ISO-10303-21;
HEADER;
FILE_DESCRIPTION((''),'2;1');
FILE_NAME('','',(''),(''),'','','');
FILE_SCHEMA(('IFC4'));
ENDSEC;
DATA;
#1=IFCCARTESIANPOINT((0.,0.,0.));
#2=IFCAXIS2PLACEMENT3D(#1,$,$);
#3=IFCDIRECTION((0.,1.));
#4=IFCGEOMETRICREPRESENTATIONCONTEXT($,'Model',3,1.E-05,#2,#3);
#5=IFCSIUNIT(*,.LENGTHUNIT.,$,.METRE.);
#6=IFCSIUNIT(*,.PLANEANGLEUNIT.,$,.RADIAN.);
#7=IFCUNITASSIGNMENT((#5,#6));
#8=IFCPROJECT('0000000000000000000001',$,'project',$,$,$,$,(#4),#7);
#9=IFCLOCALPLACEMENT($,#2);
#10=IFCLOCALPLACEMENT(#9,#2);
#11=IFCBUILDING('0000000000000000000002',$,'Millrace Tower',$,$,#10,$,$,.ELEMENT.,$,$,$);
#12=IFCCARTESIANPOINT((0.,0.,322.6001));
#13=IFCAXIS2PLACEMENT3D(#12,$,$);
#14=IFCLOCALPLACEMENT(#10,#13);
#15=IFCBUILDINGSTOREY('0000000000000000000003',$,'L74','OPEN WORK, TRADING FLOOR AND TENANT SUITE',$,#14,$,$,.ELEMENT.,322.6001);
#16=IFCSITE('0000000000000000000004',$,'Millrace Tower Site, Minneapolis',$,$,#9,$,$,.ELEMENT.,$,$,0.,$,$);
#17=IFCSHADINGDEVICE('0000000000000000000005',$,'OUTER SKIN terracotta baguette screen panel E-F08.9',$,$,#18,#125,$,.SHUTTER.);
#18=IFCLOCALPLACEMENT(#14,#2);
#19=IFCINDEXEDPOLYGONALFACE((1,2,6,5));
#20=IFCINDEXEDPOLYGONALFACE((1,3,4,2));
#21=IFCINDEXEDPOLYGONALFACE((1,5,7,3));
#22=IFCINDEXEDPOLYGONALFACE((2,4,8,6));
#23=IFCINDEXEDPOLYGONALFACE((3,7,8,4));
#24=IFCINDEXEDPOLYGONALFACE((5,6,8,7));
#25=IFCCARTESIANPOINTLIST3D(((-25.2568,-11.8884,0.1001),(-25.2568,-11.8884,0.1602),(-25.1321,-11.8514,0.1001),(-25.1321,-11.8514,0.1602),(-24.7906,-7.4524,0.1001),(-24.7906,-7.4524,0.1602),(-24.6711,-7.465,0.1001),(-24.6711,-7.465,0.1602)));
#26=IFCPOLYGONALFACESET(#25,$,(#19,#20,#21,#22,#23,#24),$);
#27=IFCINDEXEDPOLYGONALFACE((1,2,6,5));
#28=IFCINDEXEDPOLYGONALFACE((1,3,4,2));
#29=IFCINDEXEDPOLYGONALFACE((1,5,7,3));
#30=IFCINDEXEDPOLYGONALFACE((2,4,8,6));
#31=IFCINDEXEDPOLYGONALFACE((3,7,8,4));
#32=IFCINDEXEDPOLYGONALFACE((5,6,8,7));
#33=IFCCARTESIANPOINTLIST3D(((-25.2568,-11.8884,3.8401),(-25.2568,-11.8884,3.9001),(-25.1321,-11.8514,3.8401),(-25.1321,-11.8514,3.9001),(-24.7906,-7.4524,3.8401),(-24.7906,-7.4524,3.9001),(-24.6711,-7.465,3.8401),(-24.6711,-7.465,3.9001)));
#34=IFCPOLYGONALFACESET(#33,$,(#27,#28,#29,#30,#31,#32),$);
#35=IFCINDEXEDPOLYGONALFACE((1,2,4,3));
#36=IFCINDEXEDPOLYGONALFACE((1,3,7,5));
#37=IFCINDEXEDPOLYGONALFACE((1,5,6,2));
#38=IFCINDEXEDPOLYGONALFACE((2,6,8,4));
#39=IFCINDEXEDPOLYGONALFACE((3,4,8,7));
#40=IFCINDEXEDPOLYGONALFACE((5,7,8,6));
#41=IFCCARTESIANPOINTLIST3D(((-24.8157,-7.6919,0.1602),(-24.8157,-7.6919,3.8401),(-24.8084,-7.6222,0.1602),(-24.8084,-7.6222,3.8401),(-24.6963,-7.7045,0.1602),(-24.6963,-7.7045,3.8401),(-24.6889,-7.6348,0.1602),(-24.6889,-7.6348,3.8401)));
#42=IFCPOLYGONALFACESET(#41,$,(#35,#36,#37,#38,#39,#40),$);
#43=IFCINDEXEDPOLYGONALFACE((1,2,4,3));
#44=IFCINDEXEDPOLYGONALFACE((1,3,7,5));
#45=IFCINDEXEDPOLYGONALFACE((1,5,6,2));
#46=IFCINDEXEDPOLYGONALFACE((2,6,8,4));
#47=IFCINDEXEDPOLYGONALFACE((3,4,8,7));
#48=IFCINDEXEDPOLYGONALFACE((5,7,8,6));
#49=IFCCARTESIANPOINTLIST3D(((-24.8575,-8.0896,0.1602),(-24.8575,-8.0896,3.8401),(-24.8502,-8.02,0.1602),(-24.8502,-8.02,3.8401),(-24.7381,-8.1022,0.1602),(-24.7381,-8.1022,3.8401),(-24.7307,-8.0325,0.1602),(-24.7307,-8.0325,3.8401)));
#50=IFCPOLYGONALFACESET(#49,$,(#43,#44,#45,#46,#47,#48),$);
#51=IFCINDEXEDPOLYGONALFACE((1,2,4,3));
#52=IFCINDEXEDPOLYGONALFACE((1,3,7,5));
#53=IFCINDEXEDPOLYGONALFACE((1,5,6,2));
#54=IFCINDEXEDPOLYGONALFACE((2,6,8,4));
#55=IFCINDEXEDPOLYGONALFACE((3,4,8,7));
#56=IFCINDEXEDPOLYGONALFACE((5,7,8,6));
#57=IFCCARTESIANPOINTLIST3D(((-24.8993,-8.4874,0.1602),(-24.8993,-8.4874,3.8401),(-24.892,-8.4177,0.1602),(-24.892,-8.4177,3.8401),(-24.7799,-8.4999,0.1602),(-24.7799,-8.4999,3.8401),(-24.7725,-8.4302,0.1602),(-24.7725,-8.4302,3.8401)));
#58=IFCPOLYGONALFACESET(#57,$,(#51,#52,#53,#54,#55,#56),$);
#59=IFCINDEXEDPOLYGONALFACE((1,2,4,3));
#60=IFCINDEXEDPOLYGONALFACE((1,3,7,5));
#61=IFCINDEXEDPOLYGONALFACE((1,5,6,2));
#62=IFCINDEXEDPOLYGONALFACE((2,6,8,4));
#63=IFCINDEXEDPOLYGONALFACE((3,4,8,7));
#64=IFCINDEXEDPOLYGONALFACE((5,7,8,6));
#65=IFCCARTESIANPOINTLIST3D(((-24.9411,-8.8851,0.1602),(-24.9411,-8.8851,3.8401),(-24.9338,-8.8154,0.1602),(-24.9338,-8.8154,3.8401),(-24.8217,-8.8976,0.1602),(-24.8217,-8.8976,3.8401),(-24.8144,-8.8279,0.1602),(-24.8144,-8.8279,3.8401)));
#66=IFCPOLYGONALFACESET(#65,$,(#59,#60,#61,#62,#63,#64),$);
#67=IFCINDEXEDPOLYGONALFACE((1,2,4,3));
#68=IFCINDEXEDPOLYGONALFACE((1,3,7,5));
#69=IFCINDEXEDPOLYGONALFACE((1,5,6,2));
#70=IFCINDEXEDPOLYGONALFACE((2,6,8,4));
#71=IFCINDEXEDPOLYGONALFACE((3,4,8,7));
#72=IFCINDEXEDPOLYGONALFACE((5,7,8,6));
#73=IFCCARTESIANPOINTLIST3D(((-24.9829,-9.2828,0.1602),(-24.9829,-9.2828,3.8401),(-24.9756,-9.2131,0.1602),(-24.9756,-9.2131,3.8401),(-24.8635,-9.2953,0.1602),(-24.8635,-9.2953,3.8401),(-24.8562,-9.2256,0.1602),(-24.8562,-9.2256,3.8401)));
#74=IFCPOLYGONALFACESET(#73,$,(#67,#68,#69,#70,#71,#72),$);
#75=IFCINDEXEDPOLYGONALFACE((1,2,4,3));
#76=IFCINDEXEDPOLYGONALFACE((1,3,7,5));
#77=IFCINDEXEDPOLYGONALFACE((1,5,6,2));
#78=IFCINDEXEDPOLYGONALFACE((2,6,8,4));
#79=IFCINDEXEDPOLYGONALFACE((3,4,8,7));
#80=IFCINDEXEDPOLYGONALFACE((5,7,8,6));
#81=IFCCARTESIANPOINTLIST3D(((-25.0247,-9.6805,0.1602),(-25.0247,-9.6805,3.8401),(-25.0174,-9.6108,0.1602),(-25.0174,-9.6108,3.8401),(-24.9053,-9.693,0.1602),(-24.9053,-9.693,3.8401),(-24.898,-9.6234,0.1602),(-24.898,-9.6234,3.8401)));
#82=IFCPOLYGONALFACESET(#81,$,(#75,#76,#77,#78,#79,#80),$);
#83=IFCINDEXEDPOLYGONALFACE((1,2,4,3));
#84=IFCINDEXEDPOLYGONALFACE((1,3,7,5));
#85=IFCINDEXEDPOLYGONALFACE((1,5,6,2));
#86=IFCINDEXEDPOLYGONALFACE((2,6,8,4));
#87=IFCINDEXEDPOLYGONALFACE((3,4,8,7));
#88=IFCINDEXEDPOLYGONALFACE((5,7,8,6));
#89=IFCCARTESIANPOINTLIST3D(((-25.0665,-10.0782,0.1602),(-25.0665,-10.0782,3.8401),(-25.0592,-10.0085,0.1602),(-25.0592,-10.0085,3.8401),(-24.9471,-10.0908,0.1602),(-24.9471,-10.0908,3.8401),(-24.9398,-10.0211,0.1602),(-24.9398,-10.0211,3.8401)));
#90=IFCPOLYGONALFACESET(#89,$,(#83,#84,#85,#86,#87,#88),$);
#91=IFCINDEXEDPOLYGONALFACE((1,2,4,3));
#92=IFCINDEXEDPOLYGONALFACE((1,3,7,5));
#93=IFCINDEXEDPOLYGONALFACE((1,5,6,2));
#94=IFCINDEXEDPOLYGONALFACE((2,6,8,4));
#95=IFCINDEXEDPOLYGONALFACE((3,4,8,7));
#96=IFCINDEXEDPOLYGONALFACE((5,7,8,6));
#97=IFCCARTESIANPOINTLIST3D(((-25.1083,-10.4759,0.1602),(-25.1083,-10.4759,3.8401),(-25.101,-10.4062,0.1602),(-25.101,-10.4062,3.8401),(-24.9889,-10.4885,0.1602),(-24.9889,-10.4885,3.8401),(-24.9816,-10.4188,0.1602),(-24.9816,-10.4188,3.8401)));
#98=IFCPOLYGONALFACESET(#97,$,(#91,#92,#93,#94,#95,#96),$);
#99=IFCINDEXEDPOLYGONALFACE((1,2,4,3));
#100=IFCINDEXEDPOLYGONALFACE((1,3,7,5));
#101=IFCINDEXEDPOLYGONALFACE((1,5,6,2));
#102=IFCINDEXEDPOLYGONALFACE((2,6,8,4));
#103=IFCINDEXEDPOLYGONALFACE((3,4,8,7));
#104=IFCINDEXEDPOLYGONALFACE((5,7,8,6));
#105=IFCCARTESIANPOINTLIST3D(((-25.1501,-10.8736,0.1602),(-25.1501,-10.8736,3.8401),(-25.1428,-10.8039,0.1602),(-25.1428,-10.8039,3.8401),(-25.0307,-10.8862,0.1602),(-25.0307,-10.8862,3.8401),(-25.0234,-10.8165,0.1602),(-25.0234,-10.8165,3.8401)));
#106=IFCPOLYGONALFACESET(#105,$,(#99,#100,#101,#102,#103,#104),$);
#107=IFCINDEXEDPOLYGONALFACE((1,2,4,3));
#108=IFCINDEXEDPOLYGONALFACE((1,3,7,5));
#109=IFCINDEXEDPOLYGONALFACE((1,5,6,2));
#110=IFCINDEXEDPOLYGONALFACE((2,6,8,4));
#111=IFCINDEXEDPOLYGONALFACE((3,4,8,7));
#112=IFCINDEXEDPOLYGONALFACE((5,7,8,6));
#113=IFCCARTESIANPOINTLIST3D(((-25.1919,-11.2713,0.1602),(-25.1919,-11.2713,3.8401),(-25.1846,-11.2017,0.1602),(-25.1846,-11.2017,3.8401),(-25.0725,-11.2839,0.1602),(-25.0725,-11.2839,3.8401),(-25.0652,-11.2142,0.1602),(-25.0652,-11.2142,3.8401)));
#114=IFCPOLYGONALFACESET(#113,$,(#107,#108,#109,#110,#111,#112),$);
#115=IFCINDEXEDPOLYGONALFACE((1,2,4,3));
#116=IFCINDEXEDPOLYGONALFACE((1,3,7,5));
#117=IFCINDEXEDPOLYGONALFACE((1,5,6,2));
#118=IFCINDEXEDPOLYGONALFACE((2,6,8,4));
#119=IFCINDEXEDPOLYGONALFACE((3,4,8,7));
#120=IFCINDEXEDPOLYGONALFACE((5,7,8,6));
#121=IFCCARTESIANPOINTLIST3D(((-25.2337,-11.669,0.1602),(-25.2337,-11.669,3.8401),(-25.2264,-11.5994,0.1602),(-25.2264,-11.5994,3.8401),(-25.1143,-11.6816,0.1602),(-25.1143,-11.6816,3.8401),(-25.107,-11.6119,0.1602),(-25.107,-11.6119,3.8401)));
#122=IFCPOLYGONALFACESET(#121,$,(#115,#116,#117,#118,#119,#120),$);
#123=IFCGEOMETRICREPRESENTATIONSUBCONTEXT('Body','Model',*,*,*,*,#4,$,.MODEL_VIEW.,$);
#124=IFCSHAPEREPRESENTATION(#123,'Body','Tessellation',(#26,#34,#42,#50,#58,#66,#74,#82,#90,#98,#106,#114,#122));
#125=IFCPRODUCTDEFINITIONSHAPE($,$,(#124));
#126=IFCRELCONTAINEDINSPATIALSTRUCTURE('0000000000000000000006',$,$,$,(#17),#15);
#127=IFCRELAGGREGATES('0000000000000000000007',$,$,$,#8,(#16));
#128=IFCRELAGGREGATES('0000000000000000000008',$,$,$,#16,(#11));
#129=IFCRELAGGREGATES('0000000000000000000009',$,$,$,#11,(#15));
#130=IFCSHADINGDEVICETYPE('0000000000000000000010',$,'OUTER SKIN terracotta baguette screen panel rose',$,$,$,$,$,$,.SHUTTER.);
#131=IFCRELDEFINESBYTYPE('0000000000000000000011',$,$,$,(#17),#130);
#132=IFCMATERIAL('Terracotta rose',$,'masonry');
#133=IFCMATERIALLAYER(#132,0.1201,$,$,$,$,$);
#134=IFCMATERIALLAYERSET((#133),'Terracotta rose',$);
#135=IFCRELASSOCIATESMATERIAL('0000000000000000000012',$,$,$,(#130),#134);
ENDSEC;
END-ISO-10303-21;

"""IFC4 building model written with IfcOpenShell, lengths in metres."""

from ifc_helpers import new_model, entity, si_unit, direction, frame, frame_2d, origin, place, context, subcontext, project, spatial, rectangle, extrude, source, transform, mapped, material, layer, layer_set, type_object, element, save


model = new_model("IFC4")

# Units and contexts
model_context = context("Model", 3, precision=1e-05, world=origin(), true_north=direction((0.0, 1.0)))
body_context = subcontext(model_context, "Body", "Model", "MODEL_VIEW")
ifc_project = project(units=[si_unit("LENGTHUNIT", "METRE"), si_unit("PLANEANGLEUNIT", "RADIAN")], contexts=[model_context])

# Site, building, storey
site_placement = place(None, origin())
site = spatial("IfcSite", under=ifc_project, at=site_placement, Name="Millrace Tower Site, Minneapolis", CompositionType="ELEMENT", RefElevation=0.0)
building_placement = place(site_placement, origin())
building = spatial("IfcBuilding", under=site, at=building_placement, Name="Millrace Tower", CompositionType="ELEMENT")
storey_placement = place(building_placement, frame((0.0, 0.0, 322.6001)))
storey = spatial("IfcBuildingStorey", under=building, at=storey_placement, Name="L74", Description="OPEN WORK, TRADING FLOOR AND TENANT SUITE", CompositionType="ELEMENT", Elevation=322.6001)

# Shading device
ifc_material_1 = material(Name="Terracotta rose", Category="masonry")
ifc_layer_1 = layer(ifc_material_1, 0.1201)
ifc_layer_set_1 = layer_set([ifc_layer_1], Name="Terracotta rose")
shading_device_type = type_object("IfcShadingDeviceType", Name="OUTER SKIN terracotta baguette screen panel rose", PredefinedType="SHUTTER", material=ifc_layer_set_1)
cartesian_point_1 = entity("IfcCartesianPoint", [-2.2178, 0.0601])
shared_polyline_1 = entity("IfcPolyline", [cartesian_point_1, entity("IfcCartesianPoint", [2.1929, 0.0601]), entity("IfcCartesianPoint", [2.2427, -0.0601]), entity("IfcCartesianPoint", [-2.2178, -0.0601]), cartesian_point_1])
shared_shape_1 = source(origin(), body_context, "Body", "SweptSolid", [
    entity("IfcExtrudedAreaSolid", entity("IfcArbitraryClosedProfileDef", "AREA", None, shared_polyline_1), entity("IfcAxis2Placement3D", entity("IfcCartesianPoint", [0.0, 0.0, 0.0])), entity("IfcDirection", [0.0, 0.0, 1.0]), 0.0601),
    entity("IfcExtrudedAreaSolid", entity("IfcArbitraryClosedProfileDef", "AREA", None, shared_polyline_1), entity("IfcAxis2Placement3D", entity("IfcCartesianPoint", [0.0, 0.0, 3.74])), entity("IfcDirection", [0.0, 0.0, 1.0]), 0.0601),
    extrude(rectangle(XDim=0.0701, YDim=0.1201, at=frame_2d((-2.012, 0.0))), frame((0.0, 0.0, 0.0601)), (0.0, 0.0, 1.0), 3.6799),
    extrude(rectangle(XDim=0.0701, YDim=0.1201, at=frame_2d((-1.6121, 0.0))), frame((0.0, 0.0, 0.0601)), (0.0, 0.0, 1.0), 3.6799),
    extrude(rectangle(XDim=0.0701, YDim=0.1201, at=frame_2d((-1.2122, 0.0))), frame((0.0, 0.0, 0.0601)), (0.0, 0.0, 1.0), 3.6799),
    extrude(rectangle(XDim=0.0701, YDim=0.1201, at=frame_2d((-0.8123, 0.0))), frame((0.0, 0.0, 0.0601)), (0.0, 0.0, 1.0), 3.6799),
    extrude(rectangle(XDim=0.0701, YDim=0.1201, at=frame_2d((-0.4124, 0.0))), frame((0.0, 0.0, 0.0601)), (0.0, 0.0, 1.0), 3.6799),
    extrude(rectangle(XDim=0.0701, YDim=0.1201, at=frame_2d((-0.0125, 0.0))), frame((0.0, 0.0, 0.0601)), (0.0, 0.0, 1.0), 3.6799),
    extrude(rectangle(XDim=0.0701, YDim=0.1201, at=frame_2d((0.3875, 0.0))), frame((0.0, 0.0, 0.0601)), (0.0, 0.0, 1.0), 3.6799),
    extrude(rectangle(XDim=0.0701, YDim=0.1201, at=frame_2d((0.7874, 0.0))), frame((0.0, 0.0, 0.0601)), (0.0, 0.0, 1.0), 3.6799),
    extrude(rectangle(XDim=0.0701, YDim=0.1201, at=frame_2d((1.1873, 0.0))), frame((0.0, 0.0, 0.0601)), (0.0, 0.0, 1.0), 3.6799),
    extrude(rectangle(XDim=0.0701, YDim=0.1201, at=frame_2d((1.5872, 0.0))), frame((0.0, 0.0, 0.0601)), (0.0, 0.0, 1.0), 3.6799),
    extrude(rectangle(XDim=0.0701, YDim=0.1201, at=frame_2d((1.9871, 0.0))), frame((0.0, 0.0, 0.0601)), (0.0, 0.0, 1.0), 3.6799),
])
shading_device_placement = place(storey_placement, frame((-24.9626, -9.6643, 0.1001), z_axis=(0.0, 0.0, 1.0), x_axis=(-0.104528, -0.994522, 0.0)))
element("IfcShadingDevice", 1, at=shading_device_placement, inside=storey, type_object=shading_device_type, Name="OUTER SKIN terracotta baguette screen panel E-F08.9", PredefinedType="SHUTTER", context=body_context, shape_type="MappedRepresentation", body=[
    mapped(shared_shape_1, transform((0.0, 0.0, 0.0), scale=1.0)),
])

save(model, "model.ifc")
